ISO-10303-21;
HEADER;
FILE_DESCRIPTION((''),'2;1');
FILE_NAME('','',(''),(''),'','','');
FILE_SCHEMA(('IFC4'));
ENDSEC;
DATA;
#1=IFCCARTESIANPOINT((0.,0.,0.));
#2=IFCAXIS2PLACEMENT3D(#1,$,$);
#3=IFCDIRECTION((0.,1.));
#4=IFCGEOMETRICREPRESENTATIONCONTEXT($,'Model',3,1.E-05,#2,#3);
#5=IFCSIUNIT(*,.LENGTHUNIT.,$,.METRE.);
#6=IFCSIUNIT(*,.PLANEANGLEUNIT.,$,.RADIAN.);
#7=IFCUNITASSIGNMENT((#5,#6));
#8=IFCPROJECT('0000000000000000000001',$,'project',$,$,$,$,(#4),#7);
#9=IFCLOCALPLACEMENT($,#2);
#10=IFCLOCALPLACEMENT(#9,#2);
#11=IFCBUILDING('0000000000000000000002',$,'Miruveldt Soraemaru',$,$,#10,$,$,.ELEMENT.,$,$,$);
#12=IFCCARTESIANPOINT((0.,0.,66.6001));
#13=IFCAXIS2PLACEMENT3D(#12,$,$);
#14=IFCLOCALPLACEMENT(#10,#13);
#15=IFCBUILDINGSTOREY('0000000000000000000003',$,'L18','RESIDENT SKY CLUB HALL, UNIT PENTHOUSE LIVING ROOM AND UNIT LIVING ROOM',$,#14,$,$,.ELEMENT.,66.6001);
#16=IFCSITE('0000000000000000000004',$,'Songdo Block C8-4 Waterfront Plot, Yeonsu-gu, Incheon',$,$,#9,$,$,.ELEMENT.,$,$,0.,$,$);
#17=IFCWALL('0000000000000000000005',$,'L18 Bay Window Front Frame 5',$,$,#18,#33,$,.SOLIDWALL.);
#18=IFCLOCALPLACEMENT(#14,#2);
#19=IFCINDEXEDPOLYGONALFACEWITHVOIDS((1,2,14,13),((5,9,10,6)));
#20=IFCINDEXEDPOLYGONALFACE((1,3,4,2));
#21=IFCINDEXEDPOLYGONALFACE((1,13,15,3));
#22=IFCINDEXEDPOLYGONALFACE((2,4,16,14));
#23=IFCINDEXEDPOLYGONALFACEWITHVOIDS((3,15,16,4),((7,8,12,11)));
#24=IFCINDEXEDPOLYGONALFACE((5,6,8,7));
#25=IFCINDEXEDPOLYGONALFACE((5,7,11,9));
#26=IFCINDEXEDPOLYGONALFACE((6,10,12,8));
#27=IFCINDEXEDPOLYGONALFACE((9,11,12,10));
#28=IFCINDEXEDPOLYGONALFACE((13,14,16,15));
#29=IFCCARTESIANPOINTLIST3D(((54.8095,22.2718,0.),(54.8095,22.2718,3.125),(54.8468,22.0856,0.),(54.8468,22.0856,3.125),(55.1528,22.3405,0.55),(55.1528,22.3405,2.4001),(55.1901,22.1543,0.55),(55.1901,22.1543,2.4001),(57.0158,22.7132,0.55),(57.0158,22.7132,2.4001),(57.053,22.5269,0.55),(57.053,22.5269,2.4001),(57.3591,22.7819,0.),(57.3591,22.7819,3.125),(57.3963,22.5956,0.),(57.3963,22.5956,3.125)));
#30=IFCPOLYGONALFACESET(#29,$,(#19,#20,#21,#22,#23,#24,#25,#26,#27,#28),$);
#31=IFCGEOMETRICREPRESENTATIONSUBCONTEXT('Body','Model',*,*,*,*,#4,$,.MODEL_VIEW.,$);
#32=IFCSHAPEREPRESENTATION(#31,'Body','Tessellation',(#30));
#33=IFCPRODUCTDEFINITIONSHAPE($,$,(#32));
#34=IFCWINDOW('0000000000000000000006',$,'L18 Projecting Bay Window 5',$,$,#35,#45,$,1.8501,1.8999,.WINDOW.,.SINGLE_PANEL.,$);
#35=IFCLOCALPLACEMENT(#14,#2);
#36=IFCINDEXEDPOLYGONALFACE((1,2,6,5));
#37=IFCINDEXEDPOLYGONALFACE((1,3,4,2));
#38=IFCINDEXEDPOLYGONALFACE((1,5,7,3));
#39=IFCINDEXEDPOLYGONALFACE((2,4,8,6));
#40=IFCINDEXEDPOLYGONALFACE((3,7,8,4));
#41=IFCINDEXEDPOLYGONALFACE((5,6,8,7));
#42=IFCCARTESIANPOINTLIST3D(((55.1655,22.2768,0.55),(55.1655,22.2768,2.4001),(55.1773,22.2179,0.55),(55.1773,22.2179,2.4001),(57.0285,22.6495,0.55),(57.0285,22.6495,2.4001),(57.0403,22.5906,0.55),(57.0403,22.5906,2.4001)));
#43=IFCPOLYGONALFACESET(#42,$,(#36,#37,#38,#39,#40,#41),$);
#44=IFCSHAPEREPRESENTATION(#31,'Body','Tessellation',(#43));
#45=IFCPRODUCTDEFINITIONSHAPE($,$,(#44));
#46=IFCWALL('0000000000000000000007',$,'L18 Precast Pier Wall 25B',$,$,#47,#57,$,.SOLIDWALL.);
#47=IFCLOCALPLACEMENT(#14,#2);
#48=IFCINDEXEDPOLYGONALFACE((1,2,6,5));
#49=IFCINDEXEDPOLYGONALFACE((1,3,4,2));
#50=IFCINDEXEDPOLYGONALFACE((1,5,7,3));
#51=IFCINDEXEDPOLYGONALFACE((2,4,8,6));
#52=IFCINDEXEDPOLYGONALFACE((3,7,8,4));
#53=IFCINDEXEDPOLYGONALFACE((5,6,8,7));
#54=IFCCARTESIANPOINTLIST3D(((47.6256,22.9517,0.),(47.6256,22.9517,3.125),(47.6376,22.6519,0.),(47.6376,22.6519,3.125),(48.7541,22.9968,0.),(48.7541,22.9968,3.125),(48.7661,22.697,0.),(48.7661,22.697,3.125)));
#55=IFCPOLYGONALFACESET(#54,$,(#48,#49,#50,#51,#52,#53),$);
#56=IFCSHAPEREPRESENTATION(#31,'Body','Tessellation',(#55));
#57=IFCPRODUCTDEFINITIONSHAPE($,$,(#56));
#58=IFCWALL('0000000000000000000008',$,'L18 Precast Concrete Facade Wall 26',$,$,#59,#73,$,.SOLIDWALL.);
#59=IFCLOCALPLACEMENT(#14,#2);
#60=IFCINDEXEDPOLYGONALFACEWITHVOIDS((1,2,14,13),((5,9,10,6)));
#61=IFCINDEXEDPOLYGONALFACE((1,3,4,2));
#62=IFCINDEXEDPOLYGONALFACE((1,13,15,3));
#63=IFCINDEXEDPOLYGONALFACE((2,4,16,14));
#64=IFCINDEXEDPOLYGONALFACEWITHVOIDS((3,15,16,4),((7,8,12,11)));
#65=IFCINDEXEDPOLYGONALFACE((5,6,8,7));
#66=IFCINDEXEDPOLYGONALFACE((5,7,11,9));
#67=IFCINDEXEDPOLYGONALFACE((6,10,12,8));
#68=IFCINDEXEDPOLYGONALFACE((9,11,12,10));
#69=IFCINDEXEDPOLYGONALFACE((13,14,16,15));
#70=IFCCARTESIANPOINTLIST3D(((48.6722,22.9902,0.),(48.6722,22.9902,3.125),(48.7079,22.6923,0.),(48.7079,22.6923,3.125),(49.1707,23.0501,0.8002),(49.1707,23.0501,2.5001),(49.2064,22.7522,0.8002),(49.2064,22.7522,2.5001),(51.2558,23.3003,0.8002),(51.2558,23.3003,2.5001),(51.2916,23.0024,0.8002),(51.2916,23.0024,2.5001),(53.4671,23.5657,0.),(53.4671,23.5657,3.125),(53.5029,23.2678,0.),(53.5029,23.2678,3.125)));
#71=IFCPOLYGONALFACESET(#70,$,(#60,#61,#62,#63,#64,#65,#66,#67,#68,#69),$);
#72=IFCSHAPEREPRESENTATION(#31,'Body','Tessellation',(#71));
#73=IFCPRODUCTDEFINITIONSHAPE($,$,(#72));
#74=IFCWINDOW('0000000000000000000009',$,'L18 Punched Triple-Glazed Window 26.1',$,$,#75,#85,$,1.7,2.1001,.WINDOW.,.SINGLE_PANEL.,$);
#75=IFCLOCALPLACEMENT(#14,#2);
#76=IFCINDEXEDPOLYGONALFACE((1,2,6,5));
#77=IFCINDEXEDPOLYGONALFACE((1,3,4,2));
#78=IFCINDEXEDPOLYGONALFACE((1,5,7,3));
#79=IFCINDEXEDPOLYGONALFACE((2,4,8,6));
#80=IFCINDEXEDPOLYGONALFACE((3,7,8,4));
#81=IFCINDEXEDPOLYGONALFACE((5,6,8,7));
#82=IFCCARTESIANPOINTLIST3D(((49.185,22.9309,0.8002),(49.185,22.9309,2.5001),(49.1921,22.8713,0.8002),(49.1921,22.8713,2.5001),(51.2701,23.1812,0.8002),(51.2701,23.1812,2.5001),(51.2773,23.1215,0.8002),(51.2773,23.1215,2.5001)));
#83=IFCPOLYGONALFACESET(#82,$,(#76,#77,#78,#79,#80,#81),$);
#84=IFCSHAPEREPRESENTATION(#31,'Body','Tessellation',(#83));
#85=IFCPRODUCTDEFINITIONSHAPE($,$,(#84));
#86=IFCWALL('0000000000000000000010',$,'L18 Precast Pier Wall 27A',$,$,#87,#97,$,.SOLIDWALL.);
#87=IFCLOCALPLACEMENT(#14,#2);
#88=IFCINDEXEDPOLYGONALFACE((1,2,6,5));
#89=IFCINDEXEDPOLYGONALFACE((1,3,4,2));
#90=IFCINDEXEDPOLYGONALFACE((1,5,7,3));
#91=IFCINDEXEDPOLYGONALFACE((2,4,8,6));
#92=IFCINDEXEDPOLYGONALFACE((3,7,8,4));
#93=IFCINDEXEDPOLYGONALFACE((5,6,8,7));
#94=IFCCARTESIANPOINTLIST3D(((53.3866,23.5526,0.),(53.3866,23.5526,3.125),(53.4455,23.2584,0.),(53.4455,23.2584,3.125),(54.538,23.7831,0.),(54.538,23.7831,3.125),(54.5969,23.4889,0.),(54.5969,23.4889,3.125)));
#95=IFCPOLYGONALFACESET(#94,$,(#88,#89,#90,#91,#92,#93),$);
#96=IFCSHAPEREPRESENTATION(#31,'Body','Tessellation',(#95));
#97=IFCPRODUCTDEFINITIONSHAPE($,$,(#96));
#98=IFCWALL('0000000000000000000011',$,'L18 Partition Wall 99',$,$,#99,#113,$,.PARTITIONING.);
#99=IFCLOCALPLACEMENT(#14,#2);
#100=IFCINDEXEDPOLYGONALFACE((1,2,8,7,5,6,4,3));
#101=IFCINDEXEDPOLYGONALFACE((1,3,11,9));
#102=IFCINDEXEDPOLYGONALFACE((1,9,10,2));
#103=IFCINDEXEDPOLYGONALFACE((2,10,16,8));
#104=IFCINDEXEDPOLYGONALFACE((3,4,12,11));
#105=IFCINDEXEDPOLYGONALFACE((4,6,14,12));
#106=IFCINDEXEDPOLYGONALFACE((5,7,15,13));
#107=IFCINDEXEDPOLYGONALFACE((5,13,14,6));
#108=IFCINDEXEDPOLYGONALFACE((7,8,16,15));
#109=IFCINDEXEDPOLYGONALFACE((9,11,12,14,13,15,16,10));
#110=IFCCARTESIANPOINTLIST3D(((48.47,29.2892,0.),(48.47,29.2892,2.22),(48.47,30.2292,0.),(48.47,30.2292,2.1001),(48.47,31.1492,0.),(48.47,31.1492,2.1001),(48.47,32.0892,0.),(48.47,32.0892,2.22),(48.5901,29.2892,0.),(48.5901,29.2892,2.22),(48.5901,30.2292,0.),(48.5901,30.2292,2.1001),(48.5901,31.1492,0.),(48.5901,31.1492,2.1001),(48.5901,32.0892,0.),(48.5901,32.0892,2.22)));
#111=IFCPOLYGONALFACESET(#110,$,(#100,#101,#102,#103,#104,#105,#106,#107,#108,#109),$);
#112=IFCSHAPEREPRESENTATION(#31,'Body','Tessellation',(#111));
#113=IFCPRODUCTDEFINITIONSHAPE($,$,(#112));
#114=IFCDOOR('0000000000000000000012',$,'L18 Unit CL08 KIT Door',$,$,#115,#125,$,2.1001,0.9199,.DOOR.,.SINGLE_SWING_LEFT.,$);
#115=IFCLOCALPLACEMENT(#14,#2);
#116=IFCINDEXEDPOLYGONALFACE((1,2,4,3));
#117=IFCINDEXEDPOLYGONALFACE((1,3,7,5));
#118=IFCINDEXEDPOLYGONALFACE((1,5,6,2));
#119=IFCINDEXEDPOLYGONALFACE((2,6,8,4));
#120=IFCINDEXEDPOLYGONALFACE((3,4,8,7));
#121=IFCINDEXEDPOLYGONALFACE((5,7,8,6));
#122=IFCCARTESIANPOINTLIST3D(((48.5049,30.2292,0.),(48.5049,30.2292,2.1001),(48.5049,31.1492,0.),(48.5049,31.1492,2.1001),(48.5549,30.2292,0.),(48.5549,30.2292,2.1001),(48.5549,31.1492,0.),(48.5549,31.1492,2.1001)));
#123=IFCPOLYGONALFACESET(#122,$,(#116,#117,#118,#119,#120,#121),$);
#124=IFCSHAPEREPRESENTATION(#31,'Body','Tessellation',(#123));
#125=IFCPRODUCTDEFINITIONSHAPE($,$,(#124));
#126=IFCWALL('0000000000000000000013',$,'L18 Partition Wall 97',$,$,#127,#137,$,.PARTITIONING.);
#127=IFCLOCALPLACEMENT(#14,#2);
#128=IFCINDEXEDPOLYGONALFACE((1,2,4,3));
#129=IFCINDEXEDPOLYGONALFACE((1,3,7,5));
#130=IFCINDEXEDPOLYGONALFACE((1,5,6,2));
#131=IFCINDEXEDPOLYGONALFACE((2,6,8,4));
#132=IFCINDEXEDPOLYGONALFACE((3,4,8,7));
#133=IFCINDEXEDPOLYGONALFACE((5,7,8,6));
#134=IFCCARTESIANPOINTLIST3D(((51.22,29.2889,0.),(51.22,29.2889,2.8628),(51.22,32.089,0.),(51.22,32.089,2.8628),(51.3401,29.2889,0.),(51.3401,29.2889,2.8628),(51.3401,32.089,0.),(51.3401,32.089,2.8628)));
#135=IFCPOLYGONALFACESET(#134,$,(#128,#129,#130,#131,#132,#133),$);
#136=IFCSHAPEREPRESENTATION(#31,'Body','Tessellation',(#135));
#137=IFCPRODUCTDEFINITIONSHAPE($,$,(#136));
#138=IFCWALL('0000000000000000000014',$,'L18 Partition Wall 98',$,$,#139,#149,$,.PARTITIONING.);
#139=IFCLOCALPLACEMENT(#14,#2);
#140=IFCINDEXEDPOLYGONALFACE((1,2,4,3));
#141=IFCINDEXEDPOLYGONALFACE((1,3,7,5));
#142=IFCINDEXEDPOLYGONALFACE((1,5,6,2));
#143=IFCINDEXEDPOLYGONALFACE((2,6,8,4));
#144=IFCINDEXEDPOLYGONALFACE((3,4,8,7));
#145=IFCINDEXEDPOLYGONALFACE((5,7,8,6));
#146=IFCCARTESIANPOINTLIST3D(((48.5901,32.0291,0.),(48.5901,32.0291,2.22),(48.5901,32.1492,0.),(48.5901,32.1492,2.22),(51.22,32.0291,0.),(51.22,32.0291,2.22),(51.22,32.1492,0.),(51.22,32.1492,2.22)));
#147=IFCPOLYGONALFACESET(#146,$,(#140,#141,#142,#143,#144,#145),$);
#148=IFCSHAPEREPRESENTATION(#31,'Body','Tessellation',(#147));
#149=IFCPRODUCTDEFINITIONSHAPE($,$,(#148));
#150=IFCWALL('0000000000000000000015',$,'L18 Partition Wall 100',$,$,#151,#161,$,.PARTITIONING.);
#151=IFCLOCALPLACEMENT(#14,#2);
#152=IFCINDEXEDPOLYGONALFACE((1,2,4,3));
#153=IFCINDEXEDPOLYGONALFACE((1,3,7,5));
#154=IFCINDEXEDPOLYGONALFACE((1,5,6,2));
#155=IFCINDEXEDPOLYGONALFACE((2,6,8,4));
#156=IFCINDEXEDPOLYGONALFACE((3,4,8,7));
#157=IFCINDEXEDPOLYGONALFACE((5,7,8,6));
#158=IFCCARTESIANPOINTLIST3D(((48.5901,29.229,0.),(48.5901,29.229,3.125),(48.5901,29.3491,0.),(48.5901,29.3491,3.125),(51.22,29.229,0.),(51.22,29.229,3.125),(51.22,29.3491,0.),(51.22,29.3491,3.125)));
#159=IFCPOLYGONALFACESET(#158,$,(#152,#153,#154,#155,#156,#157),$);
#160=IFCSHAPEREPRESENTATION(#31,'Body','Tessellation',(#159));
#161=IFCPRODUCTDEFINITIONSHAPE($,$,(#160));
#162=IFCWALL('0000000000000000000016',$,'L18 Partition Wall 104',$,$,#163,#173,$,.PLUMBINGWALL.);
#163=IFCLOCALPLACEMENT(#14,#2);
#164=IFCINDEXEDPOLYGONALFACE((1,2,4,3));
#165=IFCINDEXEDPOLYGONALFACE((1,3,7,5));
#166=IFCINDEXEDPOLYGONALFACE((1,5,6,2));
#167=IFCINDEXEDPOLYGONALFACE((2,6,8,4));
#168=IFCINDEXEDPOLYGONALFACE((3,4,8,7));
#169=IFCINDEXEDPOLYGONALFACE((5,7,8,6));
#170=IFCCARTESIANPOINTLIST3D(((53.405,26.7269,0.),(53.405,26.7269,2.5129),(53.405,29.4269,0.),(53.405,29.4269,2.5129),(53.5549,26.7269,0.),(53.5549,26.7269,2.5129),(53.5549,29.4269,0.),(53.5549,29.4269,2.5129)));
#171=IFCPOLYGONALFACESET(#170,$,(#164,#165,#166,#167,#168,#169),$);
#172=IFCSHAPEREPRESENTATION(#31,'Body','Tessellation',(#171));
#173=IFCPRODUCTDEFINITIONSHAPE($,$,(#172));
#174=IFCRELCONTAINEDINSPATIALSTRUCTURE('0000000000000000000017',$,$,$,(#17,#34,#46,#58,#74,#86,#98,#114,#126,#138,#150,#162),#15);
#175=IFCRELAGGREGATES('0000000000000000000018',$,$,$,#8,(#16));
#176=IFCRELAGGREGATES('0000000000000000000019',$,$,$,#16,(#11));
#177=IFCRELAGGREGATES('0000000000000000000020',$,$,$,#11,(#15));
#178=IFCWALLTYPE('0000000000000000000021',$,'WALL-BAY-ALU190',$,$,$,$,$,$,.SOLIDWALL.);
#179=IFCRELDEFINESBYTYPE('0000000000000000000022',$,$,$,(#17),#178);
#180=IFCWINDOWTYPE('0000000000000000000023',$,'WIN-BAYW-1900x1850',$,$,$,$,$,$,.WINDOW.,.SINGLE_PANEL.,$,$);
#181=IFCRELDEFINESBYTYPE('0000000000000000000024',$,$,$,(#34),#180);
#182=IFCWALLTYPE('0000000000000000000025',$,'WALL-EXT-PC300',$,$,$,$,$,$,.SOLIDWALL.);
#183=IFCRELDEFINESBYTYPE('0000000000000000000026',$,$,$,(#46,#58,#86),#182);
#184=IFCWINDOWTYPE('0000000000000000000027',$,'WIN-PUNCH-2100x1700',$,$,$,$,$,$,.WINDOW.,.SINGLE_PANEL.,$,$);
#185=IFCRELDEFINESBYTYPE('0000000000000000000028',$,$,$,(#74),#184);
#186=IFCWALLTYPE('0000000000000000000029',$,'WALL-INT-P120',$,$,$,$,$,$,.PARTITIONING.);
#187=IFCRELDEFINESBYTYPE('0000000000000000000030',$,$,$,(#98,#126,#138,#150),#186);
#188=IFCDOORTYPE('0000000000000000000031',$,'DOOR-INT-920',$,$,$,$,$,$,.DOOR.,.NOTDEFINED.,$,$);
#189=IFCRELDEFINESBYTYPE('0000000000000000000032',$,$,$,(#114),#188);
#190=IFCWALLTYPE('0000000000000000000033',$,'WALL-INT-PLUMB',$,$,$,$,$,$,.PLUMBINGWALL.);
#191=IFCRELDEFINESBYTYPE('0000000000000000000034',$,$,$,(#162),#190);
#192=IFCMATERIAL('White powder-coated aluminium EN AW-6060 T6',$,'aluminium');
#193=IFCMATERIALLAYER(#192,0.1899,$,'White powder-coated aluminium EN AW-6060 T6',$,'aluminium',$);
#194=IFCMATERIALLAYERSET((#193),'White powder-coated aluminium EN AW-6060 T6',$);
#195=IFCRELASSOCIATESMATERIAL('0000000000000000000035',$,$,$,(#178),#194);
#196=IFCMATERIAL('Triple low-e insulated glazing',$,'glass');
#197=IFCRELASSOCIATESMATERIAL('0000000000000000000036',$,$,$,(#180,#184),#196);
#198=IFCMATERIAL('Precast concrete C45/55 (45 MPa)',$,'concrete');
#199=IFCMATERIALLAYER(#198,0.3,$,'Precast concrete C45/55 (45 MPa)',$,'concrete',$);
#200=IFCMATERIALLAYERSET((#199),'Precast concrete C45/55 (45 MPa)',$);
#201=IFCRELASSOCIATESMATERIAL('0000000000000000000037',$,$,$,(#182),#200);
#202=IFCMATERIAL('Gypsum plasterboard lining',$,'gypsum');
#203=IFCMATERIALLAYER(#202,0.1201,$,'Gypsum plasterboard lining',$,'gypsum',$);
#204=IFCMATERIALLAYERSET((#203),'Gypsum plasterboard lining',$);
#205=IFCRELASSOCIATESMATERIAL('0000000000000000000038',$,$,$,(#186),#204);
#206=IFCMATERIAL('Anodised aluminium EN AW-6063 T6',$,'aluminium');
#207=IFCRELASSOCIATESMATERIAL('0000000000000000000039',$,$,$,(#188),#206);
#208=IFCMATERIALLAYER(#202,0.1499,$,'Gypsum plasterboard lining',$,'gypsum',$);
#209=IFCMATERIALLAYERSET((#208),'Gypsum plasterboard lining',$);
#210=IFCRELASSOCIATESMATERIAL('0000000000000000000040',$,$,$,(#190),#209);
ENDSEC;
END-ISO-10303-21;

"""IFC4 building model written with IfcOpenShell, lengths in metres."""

from ifc_helpers import new_model, si_unit, direction, frame, frame_2d, origin, place, context, subcontext, project, spatial, rectangle, extrude, material, layer, layer_set, type_object, element, fill, save


model = new_model("IFC4")

# Units and contexts
model_context = context("Model", 3, precision=1e-05, world=origin(), true_north=direction((0.0, 1.0)))
body_context = subcontext(model_context, "Body", "Model", "MODEL_VIEW")
ifc_project = project(units=[si_unit("LENGTHUNIT", "METRE"), si_unit("PLANEANGLEUNIT", "RADIAN")], contexts=[model_context])

# Site, building, storey
site_placement = place(None, origin())
site = spatial("IfcSite", under=ifc_project, at=site_placement, Name="Songdo Block C8-4 Waterfront Plot, Yeonsu-gu, Incheon", CompositionType="ELEMENT", RefElevation=0.0)
building_placement = place(site_placement, origin())
building = spatial("IfcBuilding", under=site, at=building_placement, Name="Miruveldt Soraemaru", CompositionType="ELEMENT")
storey_placement = place(building_placement, frame((0.0, 0.0, 66.6001)))
storey = spatial("IfcBuildingStorey", under=building, at=storey_placement, Name="L18", Description="RESIDENT SKY CLUB HALL, UNIT PENTHOUSE LIVING ROOM AND UNIT LIVING ROOM", CompositionType="ELEMENT", Elevation=66.6001)

# Shared definitions
ifc_material_1 = material(Name="White powder-coated aluminium EN AW-6060 T6", Category="aluminium")
ifc_layer_1 = layer(ifc_material_1, 0.1899, Name="White powder-coated aluminium EN AW-6060 T6", Category="aluminium")
ifc_layer_set_1 = layer_set([ifc_layer_1], Name="White powder-coated aluminium EN AW-6060 T6")
wall_type_1 = type_object("IfcWallType", Name="WALL-BAY-ALU190", PredefinedType="SOLIDWALL", material=ifc_layer_set_1)

# Shared definitions
ifc_material_2 = material(Name="Triple low-e insulated glazing", Category="glass")
window_type_1 = type_object("IfcWindowType", Name="WIN-BAYW-1900x1850", PartitioningType="SINGLE_PANEL", PredefinedType="WINDOW", material=ifc_material_2)

# Wall, opening, window
wall_1_placement = place(storey_placement, frame((54.8281, 22.1787, 0.0), z_axis=(0.0, 0.0, 1.0), x_axis=(0.980573, 0.196152, 0.0)))
wall_1 = element("IfcWall", 1, at=wall_1_placement, inside=storey, type_object=wall_type_1, Name="L18 Bay Window Front Frame 5", PredefinedType="SOLIDWALL", context=body_context, shape_type="SweptSolid", body=[
    extrude(rectangle(XDim=2.6001, YDim=0.1899, at=frame_2d((1.3, 0.0))), origin(), (0.0, 0.0, 1.0), 3.125),
])
opening_1_placement = place(wall_1_placement, frame((0.3501, 0.0, 0.55)))
opening_1 = element("IfcOpeningElement", 2, at=opening_1_placement, cuts=wall_1, PredefinedType="OPENING", context=body_context, shape_type="SweptSolid", body=[
    extrude(rectangle(XDim=1.8999, YDim=1.8501, at=frame_2d((0.95, 0.925))), frame((0.0, 0.105, 0.0), z_axis=(0.0, -1.0, 0.0), x_axis=(1.0, 0.0, 0.0)), (0.0, 0.0, 1.0), 0.21),
])
window_1_placement = place(opening_1_placement, origin())
window_1 = element("IfcWindow", 3, at=window_1_placement, inside=storey, type_object=window_type_1, Name="L18 Projecting Bay Window 5", OverallHeight=1.8501, OverallWidth=1.8999, PartitioningType="SINGLE_PANEL", PredefinedType="WINDOW", context=body_context, shape_type="SweptSolid", body=[
    extrude(rectangle(XDim=1.8999, YDim=1.8501, at=frame_2d((0.95, 0.925))), frame((0.0, 0.03, 0.0), z_axis=(0.0, -1.0, 0.0), x_axis=(1.0, 0.0, 0.0)), (0.0, 0.0, 1.0), 0.0601),
])
fill(opening_1, window_1)

# Wall
ifc_material_3 = material(Name="Precast concrete C45/55 (45 MPa)", Category="concrete")
ifc_layer_2 = layer(ifc_material_3, 0.3, Name="Precast concrete C45/55 (45 MPa)", Category="concrete")
ifc_layer_set_2 = layer_set([ifc_layer_2], Name="Precast concrete C45/55 (45 MPa)")
wall_type_2 = type_object("IfcWallType", Name="WALL-EXT-PC300", PredefinedType="SOLIDWALL", material=ifc_layer_set_2)
wall_2_placement = place(storey_placement, frame((47.6316, 22.8018, 0.0), z_axis=(0.0, 0.0, 1.0), x_axis=(0.9992, 0.039994, 0.0)))
element("IfcWall", 4, at=wall_2_placement, inside=storey, type_object=wall_type_2, Name="L18 Precast Pier Wall 25B", PredefinedType="SOLIDWALL", context=body_context, shape_type="SweptSolid", body=[
    extrude(rectangle(XDim=1.1294, YDim=0.3, at=frame_2d((0.5647, 0.0))), origin(), (0.0, 0.0, 1.0), 3.125),
])

# Wall, opening, window
wall_3_placement = place(storey_placement, frame((48.6902, 22.8413, 0.0), z_axis=(0.0, 0.0, 1.0), x_axis=(0.992876, 0.119155, 0.0)))
wall_3 = element("IfcWall", 5, at=wall_3_placement, inside=storey, type_object=wall_type_2, Name="L18 Precast Concrete Facade Wall 26", PredefinedType="SOLIDWALL", context=body_context, shape_type="SweptSolid", body=[
    extrude(rectangle(XDim=4.8293, YDim=0.3, at=frame_2d((2.4146, 0.0))), origin(), (0.0, 0.0, 1.0), 3.125),
])
opening_2_placement = place(wall_3_placement, frame((0.502, 0.0, 0.8)))
opening_2 = element("IfcOpeningElement", 6, at=opening_2_placement, cuts=wall_3, PredefinedType="OPENING", context=body_context, shape_type="SweptSolid", body=[
    extrude(rectangle(XDim=2.1001, YDim=1.7, at=frame_2d((1.05, 0.8501))), frame((0.0, 0.1602, 0.0), z_axis=(0.0, -1.0, 0.0), x_axis=(1.0, 0.0, 0.0)), (0.0, 0.0, 1.0), 0.3201),
])
window_type_2 = type_object("IfcWindowType", Name="WIN-PUNCH-2100x1700", PartitioningType="SINGLE_PANEL", PredefinedType="WINDOW", material=ifc_material_2)
window_2_placement = place(opening_2_placement, origin())
window_2 = element("IfcWindow", 7, at=window_2_placement, inside=storey, type_object=window_type_2, Name="L18 Punched Triple-Glazed Window 26.1", OverallHeight=1.7, OverallWidth=2.1001, PartitioningType="SINGLE_PANEL", PredefinedType="WINDOW", context=body_context, shape_type="SweptSolid", body=[
    extrude(rectangle(XDim=2.1001, YDim=1.7, at=frame_2d((1.05, 0.8501))), frame((0.0, 0.03, 0.0), z_axis=(0.0, -1.0, 0.0), x_axis=(1.0, 0.0, 0.0)), (0.0, 0.0, 1.0), 0.0601),
])
fill(opening_2, window_2)

# Wall
wall_4_placement = place(storey_placement, frame((53.416, 23.4055, 0.0), z_axis=(0.0, 0.0, 1.0), x_axis=(0.980549, 0.196276, 0.0)))
element("IfcWall", 8, at=wall_4_placement, inside=storey, type_object=wall_type_2, Name="L18 Precast Pier Wall 27A", PredefinedType="SOLIDWALL", context=body_context, shape_type="SweptSolid", body=[
    extrude(rectangle(XDim=1.1743, YDim=0.3, at=frame_2d((0.5872, 0.0))), origin(), (0.0, 0.0, 1.0), 3.125),
])

# Wall, opening, door
ifc_material_4 = material(Name="Gypsum plasterboard lining", Category="gypsum")
ifc_layer_3 = layer(ifc_material_4, 0.1201, Name="Gypsum plasterboard lining", Category="gypsum")
ifc_layer_set_3 = layer_set([ifc_layer_3], Name="Gypsum plasterboard lining")
wall_type_3 = type_object("IfcWallType", Name="WALL-INT-P120", PredefinedType="PARTITIONING", material=ifc_layer_set_3)
wall_5_placement = place(storey_placement, frame((48.53, 32.0891, 0.0), z_axis=(0.0, 0.0, 1.0), x_axis=(0.0, -1.0, 0.0)))
wall_5 = element("IfcWall", 9, at=wall_5_placement, inside=storey, type_object=wall_type_3, Name="L18 Partition Wall 99", PredefinedType="PARTITIONING", context=body_context, shape_type="SweptSolid", body=[
    extrude(rectangle(XDim=2.8, YDim=0.1201, at=frame_2d((1.3999, 0.0))), origin(), (0.0, 0.0, 1.0), 2.22),
])
opening_3_placement = place(wall_5_placement, frame((0.9399, 0.0, 0.0)))
opening_3 = element("IfcOpeningElement", 10, at=opening_3_placement, cuts=wall_5, PredefinedType="OPENING", context=body_context, shape_type="SweptSolid", body=[
    extrude(rectangle(XDim=0.9199, YDim=2.1001, at=frame_2d((0.46, 1.05))), frame((0.0, 0.0701, 0.0), z_axis=(0.0, -1.0, 0.0), x_axis=(1.0, 0.0, 0.0)), (0.0, 0.0, 1.0), 0.1401),
])
ifc_material_5 = material(Name="Anodised aluminium EN AW-6063 T6", Category="aluminium")
door_type = type_object("IfcDoorType", Name="DOOR-INT-920", OperationType="NOTDEFINED", PredefinedType="DOOR", material=ifc_material_5)
door_placement = place(opening_3_placement, origin())
door = element("IfcDoor", 11, at=door_placement, inside=storey, type_object=door_type, Name="L18 Unit CL08 KIT Door", OperationType="SINGLE_SWING_LEFT", OverallHeight=2.1001, OverallWidth=0.9199, PredefinedType="DOOR", context=body_context, shape_type="SweptSolid", body=[
    extrude(rectangle(XDim=0.9199, YDim=2.1001, at=frame_2d((0.46, 1.05))), frame((0.0, 0.0249, 0.0), z_axis=(0.0, -1.0, 0.0), x_axis=(1.0, 0.0, 0.0)), (0.0, 0.0, 1.0), 0.05),
])
fill(opening_3, door)

# Walls
wall_6_placement = place(storey_placement, frame((51.28, 29.2891, 0.0), z_axis=(0.0, 0.0, 1.0), x_axis=(0.0, 1.0, 0.0)))
element("IfcWall", 12, at=wall_6_placement, inside=storey, type_object=wall_type_3, Name="L18 Partition Wall 97", PredefinedType="PARTITIONING", context=body_context, shape_type="SweptSolid", body=[
    extrude(rectangle(XDim=2.8, YDim=0.1201, at=frame_2d((1.3999, 0.0))), origin(), (0.0, 0.0, 1.0), 2.8628),
])
wall_7_placement = place(storey_placement, frame((51.22, 32.0891, 0.0), z_axis=(0.0, 0.0, 1.0), x_axis=(-1.0, 0.0, 0.0)))
element("IfcWall", 13, at=wall_7_placement, inside=storey, type_object=wall_type_3, Name="L18 Partition Wall 98", PredefinedType="PARTITIONING", context=body_context, shape_type="SweptSolid", body=[
    extrude(rectangle(XDim=2.6299, YDim=0.1201, at=frame_2d((1.3149, 0.0))), origin(), (0.0, 0.0, 1.0), 2.22),
])
wall_8_placement = place(storey_placement, frame((48.5901, 29.2891, 0.0), z_axis=(0.0, 0.0, 1.0), x_axis=(1.0, 0.0, 0.0)))
element("IfcWall", 14, at=wall_8_placement, inside=storey, type_object=wall_type_3, Name="L18 Partition Wall 100", PredefinedType="PARTITIONING", context=body_context, shape_type="SweptSolid", body=[
    extrude(rectangle(XDim=2.6299, YDim=0.1201, at=frame_2d((1.3149, 0.0))), origin(), (0.0, 0.0, 1.0), 3.125),
])
ifc_layer_4 = layer(ifc_material_4, 0.1499, Name="Gypsum plasterboard lining", Category="gypsum")
ifc_layer_set_4 = layer_set([ifc_layer_4], Name="Gypsum plasterboard lining")
wall_type_4 = type_object("IfcWallType", Name="WALL-INT-PLUMB", PredefinedType="PLUMBINGWALL", material=ifc_layer_set_4)
wall_9_placement = place(storey_placement, frame((53.48, 29.427, 0.0), z_axis=(0.0, 0.0, 1.0), x_axis=(0.0, -1.0, 0.0)))
element("IfcWall", 15, at=wall_9_placement, inside=storey, type_object=wall_type_4, Name="L18 Partition Wall 104", PredefinedType="PLUMBINGWALL", context=body_context, shape_type="SweptSolid", body=[
    extrude(rectangle(XDim=2.7, YDim=0.1499, at=frame_2d((1.3501, 0.0))), origin(), (0.0, 0.0, 1.0), 2.5129),
])

save(model, "model.ifc")
